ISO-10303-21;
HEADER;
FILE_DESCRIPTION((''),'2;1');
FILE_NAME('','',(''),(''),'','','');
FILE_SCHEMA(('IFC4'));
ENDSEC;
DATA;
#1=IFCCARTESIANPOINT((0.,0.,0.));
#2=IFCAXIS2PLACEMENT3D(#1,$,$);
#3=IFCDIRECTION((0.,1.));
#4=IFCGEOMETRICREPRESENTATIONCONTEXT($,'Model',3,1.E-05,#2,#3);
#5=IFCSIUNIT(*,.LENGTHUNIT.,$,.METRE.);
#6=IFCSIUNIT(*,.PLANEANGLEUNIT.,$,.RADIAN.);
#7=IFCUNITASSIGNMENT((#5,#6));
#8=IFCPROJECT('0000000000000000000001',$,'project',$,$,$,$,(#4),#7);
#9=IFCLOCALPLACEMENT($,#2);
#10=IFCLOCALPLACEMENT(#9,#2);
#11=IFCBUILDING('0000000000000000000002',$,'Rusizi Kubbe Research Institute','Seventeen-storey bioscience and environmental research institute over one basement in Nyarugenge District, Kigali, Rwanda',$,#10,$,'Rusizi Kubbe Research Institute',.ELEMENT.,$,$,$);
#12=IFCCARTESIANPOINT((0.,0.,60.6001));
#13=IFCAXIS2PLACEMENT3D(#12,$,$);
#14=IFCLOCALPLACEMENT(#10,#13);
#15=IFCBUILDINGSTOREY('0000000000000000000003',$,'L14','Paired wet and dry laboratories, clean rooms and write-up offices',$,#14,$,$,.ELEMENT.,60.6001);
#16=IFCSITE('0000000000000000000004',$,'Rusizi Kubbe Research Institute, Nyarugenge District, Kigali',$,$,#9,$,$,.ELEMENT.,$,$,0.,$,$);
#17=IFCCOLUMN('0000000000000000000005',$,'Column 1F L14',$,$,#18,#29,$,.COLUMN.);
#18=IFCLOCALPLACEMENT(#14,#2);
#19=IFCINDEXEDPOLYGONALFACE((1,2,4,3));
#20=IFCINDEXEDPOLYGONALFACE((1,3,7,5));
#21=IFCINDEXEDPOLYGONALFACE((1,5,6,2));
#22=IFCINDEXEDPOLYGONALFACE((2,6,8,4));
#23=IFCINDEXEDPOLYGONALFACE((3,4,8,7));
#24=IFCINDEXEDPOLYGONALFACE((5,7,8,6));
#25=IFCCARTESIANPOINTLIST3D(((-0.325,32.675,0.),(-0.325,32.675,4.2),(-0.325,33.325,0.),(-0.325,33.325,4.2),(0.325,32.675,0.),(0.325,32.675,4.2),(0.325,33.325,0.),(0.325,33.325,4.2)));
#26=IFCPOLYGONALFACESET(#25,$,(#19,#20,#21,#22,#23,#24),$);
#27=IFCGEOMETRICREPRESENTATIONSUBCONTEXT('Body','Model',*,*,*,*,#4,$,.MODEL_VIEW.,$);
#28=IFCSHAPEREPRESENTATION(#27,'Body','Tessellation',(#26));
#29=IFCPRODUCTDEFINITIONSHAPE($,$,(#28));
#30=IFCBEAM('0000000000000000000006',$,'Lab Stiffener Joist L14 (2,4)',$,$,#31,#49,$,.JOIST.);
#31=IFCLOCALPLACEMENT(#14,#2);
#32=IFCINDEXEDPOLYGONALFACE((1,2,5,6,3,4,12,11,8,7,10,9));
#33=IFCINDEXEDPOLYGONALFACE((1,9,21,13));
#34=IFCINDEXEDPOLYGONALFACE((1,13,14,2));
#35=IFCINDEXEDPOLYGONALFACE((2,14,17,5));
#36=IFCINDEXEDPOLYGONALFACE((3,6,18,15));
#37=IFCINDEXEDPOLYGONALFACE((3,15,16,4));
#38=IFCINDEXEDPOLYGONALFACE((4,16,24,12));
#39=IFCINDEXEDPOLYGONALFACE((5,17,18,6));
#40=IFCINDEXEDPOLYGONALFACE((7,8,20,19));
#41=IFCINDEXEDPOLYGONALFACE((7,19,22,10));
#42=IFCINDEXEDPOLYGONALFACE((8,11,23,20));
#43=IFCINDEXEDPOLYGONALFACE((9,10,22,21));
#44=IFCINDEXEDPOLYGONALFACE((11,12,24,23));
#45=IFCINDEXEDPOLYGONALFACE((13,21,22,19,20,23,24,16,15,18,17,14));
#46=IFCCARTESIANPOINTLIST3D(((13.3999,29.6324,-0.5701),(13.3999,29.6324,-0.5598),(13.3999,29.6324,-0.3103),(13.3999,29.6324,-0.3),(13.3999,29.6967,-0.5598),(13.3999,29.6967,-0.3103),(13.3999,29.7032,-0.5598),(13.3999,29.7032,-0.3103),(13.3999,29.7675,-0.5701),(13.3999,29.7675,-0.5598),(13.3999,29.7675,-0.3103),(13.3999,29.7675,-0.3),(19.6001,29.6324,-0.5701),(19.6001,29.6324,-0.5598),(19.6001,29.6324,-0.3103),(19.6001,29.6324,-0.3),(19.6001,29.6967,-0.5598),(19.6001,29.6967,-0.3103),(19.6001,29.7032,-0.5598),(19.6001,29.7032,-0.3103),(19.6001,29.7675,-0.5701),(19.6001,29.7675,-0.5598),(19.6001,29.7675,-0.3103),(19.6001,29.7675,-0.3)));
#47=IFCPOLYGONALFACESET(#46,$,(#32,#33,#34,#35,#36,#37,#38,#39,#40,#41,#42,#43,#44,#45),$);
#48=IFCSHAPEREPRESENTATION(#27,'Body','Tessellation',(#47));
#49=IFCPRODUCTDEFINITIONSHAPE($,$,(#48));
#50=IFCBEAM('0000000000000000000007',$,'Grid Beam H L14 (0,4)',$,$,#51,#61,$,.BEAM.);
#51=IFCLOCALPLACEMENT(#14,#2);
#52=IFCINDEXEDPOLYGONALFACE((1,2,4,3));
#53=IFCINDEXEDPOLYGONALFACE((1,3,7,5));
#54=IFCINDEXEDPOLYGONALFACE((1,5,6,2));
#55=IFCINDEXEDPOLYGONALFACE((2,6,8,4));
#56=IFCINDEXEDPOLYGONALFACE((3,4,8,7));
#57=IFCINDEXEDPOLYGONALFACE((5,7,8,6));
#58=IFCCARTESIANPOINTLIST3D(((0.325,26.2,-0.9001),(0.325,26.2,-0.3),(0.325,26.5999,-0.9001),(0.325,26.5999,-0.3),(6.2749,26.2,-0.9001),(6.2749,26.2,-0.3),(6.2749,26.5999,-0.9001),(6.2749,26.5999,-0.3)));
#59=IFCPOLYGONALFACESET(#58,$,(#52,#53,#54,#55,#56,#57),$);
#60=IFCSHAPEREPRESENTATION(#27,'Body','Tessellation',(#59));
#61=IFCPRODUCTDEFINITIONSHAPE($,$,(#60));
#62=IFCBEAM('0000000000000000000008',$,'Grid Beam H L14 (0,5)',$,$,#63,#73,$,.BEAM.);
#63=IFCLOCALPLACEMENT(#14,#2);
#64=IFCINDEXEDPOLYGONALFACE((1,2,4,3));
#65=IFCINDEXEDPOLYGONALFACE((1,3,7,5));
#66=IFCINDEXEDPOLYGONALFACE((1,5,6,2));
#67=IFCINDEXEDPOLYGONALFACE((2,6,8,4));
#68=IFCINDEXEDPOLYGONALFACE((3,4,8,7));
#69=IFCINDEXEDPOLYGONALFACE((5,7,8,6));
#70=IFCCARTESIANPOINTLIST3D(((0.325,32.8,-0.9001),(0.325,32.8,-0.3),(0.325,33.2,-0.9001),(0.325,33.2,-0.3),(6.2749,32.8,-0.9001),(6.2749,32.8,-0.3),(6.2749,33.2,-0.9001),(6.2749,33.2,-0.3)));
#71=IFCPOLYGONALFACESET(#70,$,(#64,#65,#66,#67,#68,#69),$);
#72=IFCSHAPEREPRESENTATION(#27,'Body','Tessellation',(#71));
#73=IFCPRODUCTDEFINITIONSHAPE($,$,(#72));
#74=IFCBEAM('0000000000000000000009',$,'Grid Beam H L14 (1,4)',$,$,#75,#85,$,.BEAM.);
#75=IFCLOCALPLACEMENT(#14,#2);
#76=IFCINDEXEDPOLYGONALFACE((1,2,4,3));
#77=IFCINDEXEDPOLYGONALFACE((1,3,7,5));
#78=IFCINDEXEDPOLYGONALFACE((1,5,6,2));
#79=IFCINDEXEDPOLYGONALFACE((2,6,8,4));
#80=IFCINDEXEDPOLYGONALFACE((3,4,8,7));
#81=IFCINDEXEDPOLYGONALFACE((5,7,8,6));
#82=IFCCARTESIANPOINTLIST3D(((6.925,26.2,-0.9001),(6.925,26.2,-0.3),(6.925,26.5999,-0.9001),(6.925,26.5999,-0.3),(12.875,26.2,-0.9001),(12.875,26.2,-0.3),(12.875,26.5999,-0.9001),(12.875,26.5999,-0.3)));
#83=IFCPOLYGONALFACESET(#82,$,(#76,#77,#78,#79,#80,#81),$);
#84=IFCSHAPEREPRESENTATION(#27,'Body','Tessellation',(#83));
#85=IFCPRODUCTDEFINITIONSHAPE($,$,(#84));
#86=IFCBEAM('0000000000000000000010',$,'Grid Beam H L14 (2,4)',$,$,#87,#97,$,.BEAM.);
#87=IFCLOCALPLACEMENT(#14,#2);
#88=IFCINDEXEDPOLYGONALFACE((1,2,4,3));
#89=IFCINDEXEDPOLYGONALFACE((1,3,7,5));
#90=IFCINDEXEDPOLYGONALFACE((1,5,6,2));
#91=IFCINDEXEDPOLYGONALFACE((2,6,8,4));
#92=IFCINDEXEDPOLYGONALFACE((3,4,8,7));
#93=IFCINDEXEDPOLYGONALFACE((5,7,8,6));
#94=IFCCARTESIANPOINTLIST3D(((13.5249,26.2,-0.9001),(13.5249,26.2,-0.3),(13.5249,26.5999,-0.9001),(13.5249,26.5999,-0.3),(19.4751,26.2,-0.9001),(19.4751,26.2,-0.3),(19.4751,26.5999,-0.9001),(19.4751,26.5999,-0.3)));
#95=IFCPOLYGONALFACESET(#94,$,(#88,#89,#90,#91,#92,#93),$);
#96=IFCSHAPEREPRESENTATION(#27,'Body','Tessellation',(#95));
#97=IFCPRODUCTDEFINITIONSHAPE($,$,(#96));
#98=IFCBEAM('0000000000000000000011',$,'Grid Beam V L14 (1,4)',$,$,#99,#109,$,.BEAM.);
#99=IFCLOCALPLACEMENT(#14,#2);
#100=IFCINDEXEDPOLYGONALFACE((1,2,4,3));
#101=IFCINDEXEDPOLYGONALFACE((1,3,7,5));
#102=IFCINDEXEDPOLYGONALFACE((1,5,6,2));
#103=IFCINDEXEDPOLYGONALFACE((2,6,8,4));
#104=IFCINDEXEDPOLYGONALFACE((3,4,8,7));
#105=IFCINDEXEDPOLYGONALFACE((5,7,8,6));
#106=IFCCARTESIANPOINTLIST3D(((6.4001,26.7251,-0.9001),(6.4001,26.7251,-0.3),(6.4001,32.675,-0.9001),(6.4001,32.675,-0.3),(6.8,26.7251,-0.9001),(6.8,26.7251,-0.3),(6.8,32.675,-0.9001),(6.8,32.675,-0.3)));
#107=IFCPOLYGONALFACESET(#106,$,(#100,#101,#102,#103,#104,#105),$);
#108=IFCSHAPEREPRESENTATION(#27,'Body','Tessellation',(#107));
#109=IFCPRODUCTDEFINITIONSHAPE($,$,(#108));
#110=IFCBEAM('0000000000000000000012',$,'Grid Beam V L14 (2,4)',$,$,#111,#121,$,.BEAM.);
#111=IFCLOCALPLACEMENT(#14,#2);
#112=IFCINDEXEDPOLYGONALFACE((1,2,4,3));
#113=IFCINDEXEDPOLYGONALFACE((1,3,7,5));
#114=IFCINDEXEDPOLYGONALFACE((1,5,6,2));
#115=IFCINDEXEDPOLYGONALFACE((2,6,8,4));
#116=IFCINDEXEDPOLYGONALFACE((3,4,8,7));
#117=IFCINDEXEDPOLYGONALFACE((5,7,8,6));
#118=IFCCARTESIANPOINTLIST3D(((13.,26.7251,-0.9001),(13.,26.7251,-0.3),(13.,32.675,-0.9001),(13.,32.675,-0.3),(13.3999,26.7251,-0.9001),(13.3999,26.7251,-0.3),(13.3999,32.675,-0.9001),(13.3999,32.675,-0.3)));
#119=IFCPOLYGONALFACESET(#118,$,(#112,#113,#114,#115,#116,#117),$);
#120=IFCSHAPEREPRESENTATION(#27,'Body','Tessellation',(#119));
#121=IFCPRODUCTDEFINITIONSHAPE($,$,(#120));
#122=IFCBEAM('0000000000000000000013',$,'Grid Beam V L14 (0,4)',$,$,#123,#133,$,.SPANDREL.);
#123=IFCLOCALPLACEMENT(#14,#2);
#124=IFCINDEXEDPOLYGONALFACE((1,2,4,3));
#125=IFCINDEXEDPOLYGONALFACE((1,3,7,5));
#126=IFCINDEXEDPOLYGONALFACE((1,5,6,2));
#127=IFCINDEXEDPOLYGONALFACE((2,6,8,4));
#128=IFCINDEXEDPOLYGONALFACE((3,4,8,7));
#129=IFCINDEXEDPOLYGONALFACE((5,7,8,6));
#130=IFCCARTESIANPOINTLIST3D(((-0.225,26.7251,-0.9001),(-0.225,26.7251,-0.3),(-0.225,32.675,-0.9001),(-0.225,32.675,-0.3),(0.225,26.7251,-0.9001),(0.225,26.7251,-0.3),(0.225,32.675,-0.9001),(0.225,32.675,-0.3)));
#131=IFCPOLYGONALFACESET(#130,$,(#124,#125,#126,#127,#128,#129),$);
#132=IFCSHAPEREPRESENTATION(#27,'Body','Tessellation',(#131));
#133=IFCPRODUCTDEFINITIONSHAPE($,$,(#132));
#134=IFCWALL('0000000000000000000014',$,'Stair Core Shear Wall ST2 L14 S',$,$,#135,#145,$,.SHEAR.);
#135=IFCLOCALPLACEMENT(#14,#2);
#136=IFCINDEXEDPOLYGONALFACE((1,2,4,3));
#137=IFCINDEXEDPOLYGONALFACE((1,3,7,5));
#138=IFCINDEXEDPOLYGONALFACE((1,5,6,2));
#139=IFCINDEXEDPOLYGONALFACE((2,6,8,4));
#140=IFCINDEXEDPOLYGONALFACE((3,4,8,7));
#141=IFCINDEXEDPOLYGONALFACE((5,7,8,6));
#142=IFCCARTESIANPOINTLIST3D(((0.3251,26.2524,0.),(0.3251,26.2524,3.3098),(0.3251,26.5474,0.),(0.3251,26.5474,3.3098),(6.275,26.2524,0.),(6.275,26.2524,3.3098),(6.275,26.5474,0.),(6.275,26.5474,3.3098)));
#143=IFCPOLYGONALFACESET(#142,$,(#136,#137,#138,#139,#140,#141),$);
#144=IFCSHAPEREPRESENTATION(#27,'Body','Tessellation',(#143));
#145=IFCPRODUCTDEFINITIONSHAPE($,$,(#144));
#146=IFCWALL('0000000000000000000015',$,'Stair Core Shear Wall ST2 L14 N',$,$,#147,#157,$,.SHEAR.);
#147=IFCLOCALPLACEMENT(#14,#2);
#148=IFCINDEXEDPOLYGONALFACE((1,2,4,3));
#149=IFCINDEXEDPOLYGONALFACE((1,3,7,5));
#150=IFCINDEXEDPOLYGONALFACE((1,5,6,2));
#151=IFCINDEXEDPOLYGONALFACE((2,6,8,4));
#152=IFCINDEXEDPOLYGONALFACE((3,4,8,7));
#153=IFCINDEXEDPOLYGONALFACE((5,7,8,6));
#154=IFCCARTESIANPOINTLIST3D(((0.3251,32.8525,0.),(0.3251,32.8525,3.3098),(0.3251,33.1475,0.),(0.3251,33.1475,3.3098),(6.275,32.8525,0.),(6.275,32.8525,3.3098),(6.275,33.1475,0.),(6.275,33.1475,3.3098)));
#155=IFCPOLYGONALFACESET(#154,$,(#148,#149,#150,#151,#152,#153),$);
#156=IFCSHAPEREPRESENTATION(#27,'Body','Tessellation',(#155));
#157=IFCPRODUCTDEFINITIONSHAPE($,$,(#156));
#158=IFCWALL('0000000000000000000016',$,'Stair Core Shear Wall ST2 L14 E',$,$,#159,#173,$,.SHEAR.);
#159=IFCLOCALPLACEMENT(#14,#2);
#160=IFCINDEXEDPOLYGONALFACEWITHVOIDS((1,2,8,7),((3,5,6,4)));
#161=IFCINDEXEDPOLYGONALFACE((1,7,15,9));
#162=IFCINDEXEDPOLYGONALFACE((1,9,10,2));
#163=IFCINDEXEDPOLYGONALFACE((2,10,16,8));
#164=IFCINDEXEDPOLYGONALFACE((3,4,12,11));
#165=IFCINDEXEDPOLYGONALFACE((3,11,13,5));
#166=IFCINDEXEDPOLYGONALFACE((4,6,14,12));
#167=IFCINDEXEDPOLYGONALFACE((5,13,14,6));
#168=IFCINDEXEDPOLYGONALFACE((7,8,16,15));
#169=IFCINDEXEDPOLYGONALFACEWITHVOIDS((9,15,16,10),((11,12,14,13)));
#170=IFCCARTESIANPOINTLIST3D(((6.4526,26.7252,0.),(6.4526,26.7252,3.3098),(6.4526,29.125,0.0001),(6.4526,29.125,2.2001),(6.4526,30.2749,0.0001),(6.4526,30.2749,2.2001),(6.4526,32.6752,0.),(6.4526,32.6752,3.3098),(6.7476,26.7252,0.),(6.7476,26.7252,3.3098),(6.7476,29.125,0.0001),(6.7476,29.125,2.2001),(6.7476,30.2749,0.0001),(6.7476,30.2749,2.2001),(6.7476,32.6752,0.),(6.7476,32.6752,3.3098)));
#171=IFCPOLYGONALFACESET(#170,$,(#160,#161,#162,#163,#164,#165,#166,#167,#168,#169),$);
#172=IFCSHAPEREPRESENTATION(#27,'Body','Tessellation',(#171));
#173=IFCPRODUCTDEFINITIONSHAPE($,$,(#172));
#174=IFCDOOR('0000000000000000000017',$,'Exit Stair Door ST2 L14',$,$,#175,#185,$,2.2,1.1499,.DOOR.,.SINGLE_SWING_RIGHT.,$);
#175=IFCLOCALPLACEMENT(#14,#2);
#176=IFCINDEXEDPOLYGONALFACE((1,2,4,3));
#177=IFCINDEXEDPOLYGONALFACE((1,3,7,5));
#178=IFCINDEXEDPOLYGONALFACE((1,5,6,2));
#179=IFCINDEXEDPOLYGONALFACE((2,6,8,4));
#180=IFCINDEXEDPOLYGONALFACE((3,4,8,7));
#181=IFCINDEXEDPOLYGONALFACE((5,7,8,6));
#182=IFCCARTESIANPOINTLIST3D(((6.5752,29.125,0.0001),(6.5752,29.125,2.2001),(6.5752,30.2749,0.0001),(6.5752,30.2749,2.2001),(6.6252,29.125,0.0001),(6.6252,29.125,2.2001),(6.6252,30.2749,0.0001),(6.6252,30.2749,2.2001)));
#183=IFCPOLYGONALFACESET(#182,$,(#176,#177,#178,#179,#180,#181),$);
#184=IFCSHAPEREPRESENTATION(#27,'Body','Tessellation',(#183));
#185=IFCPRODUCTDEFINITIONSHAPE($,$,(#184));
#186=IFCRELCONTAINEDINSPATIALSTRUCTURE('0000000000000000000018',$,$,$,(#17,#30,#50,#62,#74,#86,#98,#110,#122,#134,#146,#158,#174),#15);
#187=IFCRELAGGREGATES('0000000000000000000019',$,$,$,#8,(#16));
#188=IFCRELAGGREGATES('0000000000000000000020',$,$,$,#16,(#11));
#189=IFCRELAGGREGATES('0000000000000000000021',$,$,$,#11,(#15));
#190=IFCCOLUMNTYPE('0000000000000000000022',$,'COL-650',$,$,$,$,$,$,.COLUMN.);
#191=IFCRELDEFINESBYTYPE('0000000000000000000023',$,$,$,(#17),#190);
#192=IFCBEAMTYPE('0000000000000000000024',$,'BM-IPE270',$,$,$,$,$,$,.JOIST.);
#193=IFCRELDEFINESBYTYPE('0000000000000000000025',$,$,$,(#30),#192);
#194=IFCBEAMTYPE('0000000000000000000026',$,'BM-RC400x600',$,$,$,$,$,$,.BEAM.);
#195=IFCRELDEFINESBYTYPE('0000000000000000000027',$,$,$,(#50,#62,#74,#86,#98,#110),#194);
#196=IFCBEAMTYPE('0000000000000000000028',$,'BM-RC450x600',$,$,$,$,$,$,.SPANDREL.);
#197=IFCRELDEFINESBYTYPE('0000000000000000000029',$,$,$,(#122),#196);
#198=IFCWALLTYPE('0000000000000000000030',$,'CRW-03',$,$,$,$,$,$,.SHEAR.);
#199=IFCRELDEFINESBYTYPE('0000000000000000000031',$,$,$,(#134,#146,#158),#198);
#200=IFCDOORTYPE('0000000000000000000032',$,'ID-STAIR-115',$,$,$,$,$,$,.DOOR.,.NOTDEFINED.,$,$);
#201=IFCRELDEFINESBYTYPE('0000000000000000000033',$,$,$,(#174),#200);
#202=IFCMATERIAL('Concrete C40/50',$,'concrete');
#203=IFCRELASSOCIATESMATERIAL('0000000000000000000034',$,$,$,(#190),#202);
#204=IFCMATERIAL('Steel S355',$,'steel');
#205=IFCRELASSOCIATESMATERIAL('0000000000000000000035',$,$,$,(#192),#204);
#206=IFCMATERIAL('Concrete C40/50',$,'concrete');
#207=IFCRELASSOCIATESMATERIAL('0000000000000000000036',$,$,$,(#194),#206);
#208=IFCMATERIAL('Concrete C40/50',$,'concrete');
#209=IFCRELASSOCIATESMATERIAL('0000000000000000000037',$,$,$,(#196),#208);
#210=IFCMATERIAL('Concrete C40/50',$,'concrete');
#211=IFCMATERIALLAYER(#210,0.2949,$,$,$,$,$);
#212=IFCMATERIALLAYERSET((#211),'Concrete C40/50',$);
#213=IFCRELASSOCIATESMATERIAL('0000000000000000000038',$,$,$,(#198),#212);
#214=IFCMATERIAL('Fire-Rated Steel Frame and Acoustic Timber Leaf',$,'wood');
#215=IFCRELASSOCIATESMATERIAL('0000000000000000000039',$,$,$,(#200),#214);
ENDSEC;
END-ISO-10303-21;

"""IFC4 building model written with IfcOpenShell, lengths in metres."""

from ifc_helpers import new_model, si_unit, direction, frame, frame_2d, origin, origin_2d, place, context, subcontext, project, spatial, rectangle, i_section, extrude, material, layer, layer_set, material_profile, profile_set, type_object, element, fill, save


model = new_model("IFC4")

# Units and contexts
model_context = context("Model", 3, precision=1e-05, world=origin(), true_north=direction((0.0, 1.0)))
body_context = subcontext(model_context, "Body", "Model", "MODEL_VIEW")
ifc_project = project(units=[si_unit("LENGTHUNIT", "METRE"), si_unit("PLANEANGLEUNIT", "RADIAN")], contexts=[model_context])

# Site, building, storey
site_placement = place(None, origin())
site = spatial("IfcSite", under=ifc_project, at=site_placement, Name="Rusizi Kubbe Research Institute, Nyarugenge District, Kigali", CompositionType="ELEMENT", RefElevation=0.0)
building_placement = place(site_placement, origin())
building = spatial("IfcBuilding", under=site, at=building_placement, Name="Rusizi Kubbe Research Institute", Description="Seventeen-storey bioscience and environmental research institute over one basement in Nyarugenge District, Kigali, Rwanda", LongName="Rusizi Kubbe Research Institute", CompositionType="ELEMENT")
storey_placement = place(building_placement, frame((0.0, 0.0, 60.6001)))
storey = spatial("IfcBuildingStorey", under=building, at=storey_placement, Name="L14", Description="Paired wet and dry laboratories, clean rooms and write-up offices", CompositionType="ELEMENT", Elevation=60.6001)

# Column
ifc_material_1 = material(Name="Concrete C40/50", Category="concrete")
ifc_material_profile_1 = material_profile(ifc_material_1, rectangle(XDim=0.6499, YDim=0.6499, at=origin_2d()), Name="RC650x650")
ifc_profile_set_1 = profile_set([ifc_material_profile_1], Name="Concrete C40/50")
column_type = type_object("IfcColumnType", Name="COL-650", PredefinedType="COLUMN", material=ifc_profile_set_1)
column_placement = place(storey_placement, frame((0.0, 33.0, 0.0), z_axis=(0.0, 0.0, 1.0), x_axis=(1.0, 0.0, 0.0)))
element("IfcColumn", 1, at=column_placement, inside=storey, type_object=column_type, Name="Column 1F L14", PredefinedType="COLUMN", context=body_context, shape_type="SweptSolid", body=[
    extrude(rectangle(XDim=0.6499, YDim=0.6499, at=origin_2d()), origin(), (0.0, 0.0, 1.0), 4.2),
])

# Beams
ifc_material_2 = material(Name="Steel S355", Category="steel")
ifc_material_profile_2 = material_profile(ifc_material_2, i_section(OverallWidth=0.135, OverallDepth=0.27, WebThickness=0.0066, FlangeThickness=0.0103, at=origin_2d()), Name="IPE 270")
ifc_profile_set_2 = profile_set([ifc_material_profile_2], Name="Steel S355")
beam_type_1 = type_object("IfcBeamType", Name="BM-IPE270", PredefinedType="JOIST", material=ifc_profile_set_2)
beam_1_placement = place(storey_placement, frame((13.3999, 29.7, -0.4351), z_axis=(1.0, 0.0, 0.0), x_axis=(0.0, 1.0, 0.0)))
element("IfcBeam", 2, at=beam_1_placement, inside=storey, type_object=beam_type_1, Name="Lab Stiffener Joist L14 (2,4)", PredefinedType="JOIST", context=body_context, shape_type="SweptSolid", body=[
    extrude(i_section(OverallWidth=0.135, OverallDepth=0.27, WebThickness=0.0066, FlangeThickness=0.0103, at=origin_2d()), origin(), (0.0, 0.0, 1.0), 6.2002),
])
ifc_material_3 = material(Name="Concrete C40/50", Category="concrete")
ifc_material_profile_3 = material_profile(ifc_material_3, rectangle(XDim=0.3999, YDim=0.6001, at=origin_2d()), Name="RC400x600")
ifc_profile_set_3 = profile_set([ifc_material_profile_3], Name="Concrete C40/50")
beam_type_2 = type_object("IfcBeamType", Name="BM-RC400x600", PredefinedType="BEAM", material=ifc_profile_set_3)
for number, where, z_axis, x_axis, name in (
    (3, (0.325, 26.3999, -0.6001), (1.0, 0.0, 0.0), (0.0, 1.0, 0.0), "Grid Beam H L14 (0,4)"),
    (4, (0.325, 33.0, -0.6001), (1.0, 0.0, 0.0), (0.0, 1.0, 0.0), "Grid Beam H L14 (0,5)"),
    (5, (6.925, 26.3999, -0.6001), (1.0, 0.0, 0.0), (0.0, 1.0, 0.0), "Grid Beam H L14 (1,4)"),
):
    element("IfcBeam", number, at=place(storey_placement, frame(where, z_axis=z_axis, x_axis=x_axis)), inside=storey, type_object=beam_type_2, Name=name, PredefinedType="BEAM", context=body_context, shape_type="SweptSolid", body=[
        extrude(rectangle(XDim=0.3999, YDim=0.6001, at=origin_2d()), origin(), (0.0, 0.0, 1.0), 5.95),
    ])
beam_2_placement = place(storey_placement, frame((13.5249, 26.3999, -0.6001), z_axis=(1.0, 0.0, 0.0), x_axis=(0.0, 1.0, 0.0)))
element("IfcBeam", 6, at=beam_2_placement, inside=storey, type_object=beam_type_2, Name="Grid Beam H L14 (2,4)", PredefinedType="BEAM", context=body_context, shape_type="SweptSolid", body=[
    extrude(rectangle(XDim=0.3999, YDim=0.6001, at=origin_2d()), origin(), (0.0, 0.0, 1.0), 5.9502),
])
for number, where, z_axis, x_axis, name in (
    (7, (6.6001, 26.7251, -0.6001), (0.0, 1.0, 0.0), (-1.0, 0.0, 0.0), "Grid Beam V L14 (1,4)"),
    (8, (13.2, 26.7251, -0.6001), (0.0, 1.0, 0.0), (-1.0, 0.0, 0.0), "Grid Beam V L14 (2,4)"),
):
    element("IfcBeam", number, at=place(storey_placement, frame(where, z_axis=z_axis, x_axis=x_axis)), inside=storey, type_object=beam_type_2, Name=name, PredefinedType="BEAM", context=body_context, shape_type="SweptSolid", body=[
        extrude(rectangle(XDim=0.3999, YDim=0.6001, at=origin_2d()), origin(), (0.0, 0.0, 1.0), 5.95),
    ])
ifc_material_4 = material(Name="Concrete C40/50", Category="concrete")
ifc_material_profile_4 = material_profile(ifc_material_4, rectangle(XDim=0.45, YDim=0.6001, at=origin_2d()), Name="RC450x600")
ifc_profile_set_4 = profile_set([ifc_material_profile_4], Name="Concrete C40/50")
beam_type_3 = type_object("IfcBeamType", Name="BM-RC450x600", PredefinedType="SPANDREL", material=ifc_profile_set_4)
beam_3_placement = place(storey_placement, frame((0.0, 26.7251, -0.6001), z_axis=(0.0, 1.0, 0.0), x_axis=(-1.0, 0.0, 0.0)))
element("IfcBeam", 9, at=beam_3_placement, inside=storey, type_object=beam_type_3, Name="Grid Beam V L14 (0,4)", PredefinedType="SPANDREL", context=body_context, shape_type="SweptSolid", body=[
    extrude(rectangle(XDim=0.45, YDim=0.6001, at=origin_2d()), origin(), (0.0, 0.0, 1.0), 5.95),
])

# Walls
ifc_material_5 = material(Name="Concrete C40/50", Category="concrete")
ifc_layer_1 = layer(ifc_material_5, 0.2949)
ifc_layer_set_1 = layer_set([ifc_layer_1], Name="Concrete C40/50")
wall_type_1 = type_object("IfcWallType", Name="CRW-03", PredefinedType="SHEAR", material=ifc_layer_set_1)
for number, where, z_axis, x_axis, name in (
    (10, (0.325, 26.3999, 0.0), (0.0, 0.0, 1.0), (1.0, 0.0, 0.0), "Stair Core Shear Wall ST2 L14 S"),
    (11, (0.325, 33.0, 0.0), (0.0, 0.0, 1.0), (1.0, 0.0, 0.0), "Stair Core Shear Wall ST2 L14 N"),
):
    element("IfcWall", number, at=place(storey_placement, frame(where, z_axis=z_axis, x_axis=x_axis)), inside=storey, type_object=wall_type_1, Name=name, PredefinedType="SHEAR", context=body_context, shape_type="SweptSolid", body=[
        extrude(rectangle(XDim=5.95, YDim=0.2949, at=frame_2d((2.9751, 0.0))), origin(), (0.0, 0.0, 1.0), 3.3098),
    ])

# Wall, opening, door
wall_1_placement = place(storey_placement, frame((6.6001, 26.7251, 0.0), z_axis=(0.0, 0.0, 1.0), x_axis=(0.0, 1.0, 0.0)))
wall_1 = element("IfcWall", 12, at=wall_1_placement, inside=storey, type_object=wall_type_1, Name="Stair Core Shear Wall ST2 L14 E", PredefinedType="SHEAR", context=body_context, shape_type="SweptSolid", body=[
    extrude(rectangle(XDim=5.95, YDim=0.2949, at=frame_2d((2.9751, 0.0))), origin(), (0.0, 0.0, 1.0), 3.3098),
])
opening_1_placement = place(wall_1_placement, frame((2.3999, 0.0, 0.0)))
opening_1 = element("IfcOpeningElement", 13, at=opening_1_placement, cuts=wall_1, PredefinedType="OPENING", context=body_context, shape_type="SweptSolid", body=[
    extrude(rectangle(XDim=1.1499, YDim=2.2, at=frame_2d((0.575, 1.1001))), frame((0.0, 0.1575, 0.0), z_axis=(0.0, -1.0, 0.0), x_axis=(1.0, 0.0, 0.0)), (0.0, 0.0, 1.0), 0.3149),
])
ifc_material_6 = material(Name="Fire-Rated Steel Frame and Acoustic Timber Leaf", Category="wood")
door_type_1 = type_object("IfcDoorType", Name="ID-STAIR-115", OperationType="NOTDEFINED", PredefinedType="DOOR", material=ifc_material_6)
door_1_placement = place(opening_1_placement, origin())
door_1 = element("IfcDoor", 14, at=door_1_placement, inside=storey, type_object=door_type_1, Name="Exit Stair Door ST2 L14", OperationType="SINGLE_SWING_RIGHT", OverallHeight=2.2, OverallWidth=1.1499, PredefinedType="DOOR", context=body_context, shape_type="SweptSolid", body=[
    extrude(rectangle(XDim=1.1499, YDim=2.2, at=frame_2d((0.575, 1.1001))), frame((0.0, 0.0249, 0.0), z_axis=(0.0, -1.0, 0.0), x_axis=(1.0, 0.0, 0.0)), (0.0, 0.0, 1.0), 0.05),
])
fill(opening_1, door_1)

save(model, "model.ifc")
